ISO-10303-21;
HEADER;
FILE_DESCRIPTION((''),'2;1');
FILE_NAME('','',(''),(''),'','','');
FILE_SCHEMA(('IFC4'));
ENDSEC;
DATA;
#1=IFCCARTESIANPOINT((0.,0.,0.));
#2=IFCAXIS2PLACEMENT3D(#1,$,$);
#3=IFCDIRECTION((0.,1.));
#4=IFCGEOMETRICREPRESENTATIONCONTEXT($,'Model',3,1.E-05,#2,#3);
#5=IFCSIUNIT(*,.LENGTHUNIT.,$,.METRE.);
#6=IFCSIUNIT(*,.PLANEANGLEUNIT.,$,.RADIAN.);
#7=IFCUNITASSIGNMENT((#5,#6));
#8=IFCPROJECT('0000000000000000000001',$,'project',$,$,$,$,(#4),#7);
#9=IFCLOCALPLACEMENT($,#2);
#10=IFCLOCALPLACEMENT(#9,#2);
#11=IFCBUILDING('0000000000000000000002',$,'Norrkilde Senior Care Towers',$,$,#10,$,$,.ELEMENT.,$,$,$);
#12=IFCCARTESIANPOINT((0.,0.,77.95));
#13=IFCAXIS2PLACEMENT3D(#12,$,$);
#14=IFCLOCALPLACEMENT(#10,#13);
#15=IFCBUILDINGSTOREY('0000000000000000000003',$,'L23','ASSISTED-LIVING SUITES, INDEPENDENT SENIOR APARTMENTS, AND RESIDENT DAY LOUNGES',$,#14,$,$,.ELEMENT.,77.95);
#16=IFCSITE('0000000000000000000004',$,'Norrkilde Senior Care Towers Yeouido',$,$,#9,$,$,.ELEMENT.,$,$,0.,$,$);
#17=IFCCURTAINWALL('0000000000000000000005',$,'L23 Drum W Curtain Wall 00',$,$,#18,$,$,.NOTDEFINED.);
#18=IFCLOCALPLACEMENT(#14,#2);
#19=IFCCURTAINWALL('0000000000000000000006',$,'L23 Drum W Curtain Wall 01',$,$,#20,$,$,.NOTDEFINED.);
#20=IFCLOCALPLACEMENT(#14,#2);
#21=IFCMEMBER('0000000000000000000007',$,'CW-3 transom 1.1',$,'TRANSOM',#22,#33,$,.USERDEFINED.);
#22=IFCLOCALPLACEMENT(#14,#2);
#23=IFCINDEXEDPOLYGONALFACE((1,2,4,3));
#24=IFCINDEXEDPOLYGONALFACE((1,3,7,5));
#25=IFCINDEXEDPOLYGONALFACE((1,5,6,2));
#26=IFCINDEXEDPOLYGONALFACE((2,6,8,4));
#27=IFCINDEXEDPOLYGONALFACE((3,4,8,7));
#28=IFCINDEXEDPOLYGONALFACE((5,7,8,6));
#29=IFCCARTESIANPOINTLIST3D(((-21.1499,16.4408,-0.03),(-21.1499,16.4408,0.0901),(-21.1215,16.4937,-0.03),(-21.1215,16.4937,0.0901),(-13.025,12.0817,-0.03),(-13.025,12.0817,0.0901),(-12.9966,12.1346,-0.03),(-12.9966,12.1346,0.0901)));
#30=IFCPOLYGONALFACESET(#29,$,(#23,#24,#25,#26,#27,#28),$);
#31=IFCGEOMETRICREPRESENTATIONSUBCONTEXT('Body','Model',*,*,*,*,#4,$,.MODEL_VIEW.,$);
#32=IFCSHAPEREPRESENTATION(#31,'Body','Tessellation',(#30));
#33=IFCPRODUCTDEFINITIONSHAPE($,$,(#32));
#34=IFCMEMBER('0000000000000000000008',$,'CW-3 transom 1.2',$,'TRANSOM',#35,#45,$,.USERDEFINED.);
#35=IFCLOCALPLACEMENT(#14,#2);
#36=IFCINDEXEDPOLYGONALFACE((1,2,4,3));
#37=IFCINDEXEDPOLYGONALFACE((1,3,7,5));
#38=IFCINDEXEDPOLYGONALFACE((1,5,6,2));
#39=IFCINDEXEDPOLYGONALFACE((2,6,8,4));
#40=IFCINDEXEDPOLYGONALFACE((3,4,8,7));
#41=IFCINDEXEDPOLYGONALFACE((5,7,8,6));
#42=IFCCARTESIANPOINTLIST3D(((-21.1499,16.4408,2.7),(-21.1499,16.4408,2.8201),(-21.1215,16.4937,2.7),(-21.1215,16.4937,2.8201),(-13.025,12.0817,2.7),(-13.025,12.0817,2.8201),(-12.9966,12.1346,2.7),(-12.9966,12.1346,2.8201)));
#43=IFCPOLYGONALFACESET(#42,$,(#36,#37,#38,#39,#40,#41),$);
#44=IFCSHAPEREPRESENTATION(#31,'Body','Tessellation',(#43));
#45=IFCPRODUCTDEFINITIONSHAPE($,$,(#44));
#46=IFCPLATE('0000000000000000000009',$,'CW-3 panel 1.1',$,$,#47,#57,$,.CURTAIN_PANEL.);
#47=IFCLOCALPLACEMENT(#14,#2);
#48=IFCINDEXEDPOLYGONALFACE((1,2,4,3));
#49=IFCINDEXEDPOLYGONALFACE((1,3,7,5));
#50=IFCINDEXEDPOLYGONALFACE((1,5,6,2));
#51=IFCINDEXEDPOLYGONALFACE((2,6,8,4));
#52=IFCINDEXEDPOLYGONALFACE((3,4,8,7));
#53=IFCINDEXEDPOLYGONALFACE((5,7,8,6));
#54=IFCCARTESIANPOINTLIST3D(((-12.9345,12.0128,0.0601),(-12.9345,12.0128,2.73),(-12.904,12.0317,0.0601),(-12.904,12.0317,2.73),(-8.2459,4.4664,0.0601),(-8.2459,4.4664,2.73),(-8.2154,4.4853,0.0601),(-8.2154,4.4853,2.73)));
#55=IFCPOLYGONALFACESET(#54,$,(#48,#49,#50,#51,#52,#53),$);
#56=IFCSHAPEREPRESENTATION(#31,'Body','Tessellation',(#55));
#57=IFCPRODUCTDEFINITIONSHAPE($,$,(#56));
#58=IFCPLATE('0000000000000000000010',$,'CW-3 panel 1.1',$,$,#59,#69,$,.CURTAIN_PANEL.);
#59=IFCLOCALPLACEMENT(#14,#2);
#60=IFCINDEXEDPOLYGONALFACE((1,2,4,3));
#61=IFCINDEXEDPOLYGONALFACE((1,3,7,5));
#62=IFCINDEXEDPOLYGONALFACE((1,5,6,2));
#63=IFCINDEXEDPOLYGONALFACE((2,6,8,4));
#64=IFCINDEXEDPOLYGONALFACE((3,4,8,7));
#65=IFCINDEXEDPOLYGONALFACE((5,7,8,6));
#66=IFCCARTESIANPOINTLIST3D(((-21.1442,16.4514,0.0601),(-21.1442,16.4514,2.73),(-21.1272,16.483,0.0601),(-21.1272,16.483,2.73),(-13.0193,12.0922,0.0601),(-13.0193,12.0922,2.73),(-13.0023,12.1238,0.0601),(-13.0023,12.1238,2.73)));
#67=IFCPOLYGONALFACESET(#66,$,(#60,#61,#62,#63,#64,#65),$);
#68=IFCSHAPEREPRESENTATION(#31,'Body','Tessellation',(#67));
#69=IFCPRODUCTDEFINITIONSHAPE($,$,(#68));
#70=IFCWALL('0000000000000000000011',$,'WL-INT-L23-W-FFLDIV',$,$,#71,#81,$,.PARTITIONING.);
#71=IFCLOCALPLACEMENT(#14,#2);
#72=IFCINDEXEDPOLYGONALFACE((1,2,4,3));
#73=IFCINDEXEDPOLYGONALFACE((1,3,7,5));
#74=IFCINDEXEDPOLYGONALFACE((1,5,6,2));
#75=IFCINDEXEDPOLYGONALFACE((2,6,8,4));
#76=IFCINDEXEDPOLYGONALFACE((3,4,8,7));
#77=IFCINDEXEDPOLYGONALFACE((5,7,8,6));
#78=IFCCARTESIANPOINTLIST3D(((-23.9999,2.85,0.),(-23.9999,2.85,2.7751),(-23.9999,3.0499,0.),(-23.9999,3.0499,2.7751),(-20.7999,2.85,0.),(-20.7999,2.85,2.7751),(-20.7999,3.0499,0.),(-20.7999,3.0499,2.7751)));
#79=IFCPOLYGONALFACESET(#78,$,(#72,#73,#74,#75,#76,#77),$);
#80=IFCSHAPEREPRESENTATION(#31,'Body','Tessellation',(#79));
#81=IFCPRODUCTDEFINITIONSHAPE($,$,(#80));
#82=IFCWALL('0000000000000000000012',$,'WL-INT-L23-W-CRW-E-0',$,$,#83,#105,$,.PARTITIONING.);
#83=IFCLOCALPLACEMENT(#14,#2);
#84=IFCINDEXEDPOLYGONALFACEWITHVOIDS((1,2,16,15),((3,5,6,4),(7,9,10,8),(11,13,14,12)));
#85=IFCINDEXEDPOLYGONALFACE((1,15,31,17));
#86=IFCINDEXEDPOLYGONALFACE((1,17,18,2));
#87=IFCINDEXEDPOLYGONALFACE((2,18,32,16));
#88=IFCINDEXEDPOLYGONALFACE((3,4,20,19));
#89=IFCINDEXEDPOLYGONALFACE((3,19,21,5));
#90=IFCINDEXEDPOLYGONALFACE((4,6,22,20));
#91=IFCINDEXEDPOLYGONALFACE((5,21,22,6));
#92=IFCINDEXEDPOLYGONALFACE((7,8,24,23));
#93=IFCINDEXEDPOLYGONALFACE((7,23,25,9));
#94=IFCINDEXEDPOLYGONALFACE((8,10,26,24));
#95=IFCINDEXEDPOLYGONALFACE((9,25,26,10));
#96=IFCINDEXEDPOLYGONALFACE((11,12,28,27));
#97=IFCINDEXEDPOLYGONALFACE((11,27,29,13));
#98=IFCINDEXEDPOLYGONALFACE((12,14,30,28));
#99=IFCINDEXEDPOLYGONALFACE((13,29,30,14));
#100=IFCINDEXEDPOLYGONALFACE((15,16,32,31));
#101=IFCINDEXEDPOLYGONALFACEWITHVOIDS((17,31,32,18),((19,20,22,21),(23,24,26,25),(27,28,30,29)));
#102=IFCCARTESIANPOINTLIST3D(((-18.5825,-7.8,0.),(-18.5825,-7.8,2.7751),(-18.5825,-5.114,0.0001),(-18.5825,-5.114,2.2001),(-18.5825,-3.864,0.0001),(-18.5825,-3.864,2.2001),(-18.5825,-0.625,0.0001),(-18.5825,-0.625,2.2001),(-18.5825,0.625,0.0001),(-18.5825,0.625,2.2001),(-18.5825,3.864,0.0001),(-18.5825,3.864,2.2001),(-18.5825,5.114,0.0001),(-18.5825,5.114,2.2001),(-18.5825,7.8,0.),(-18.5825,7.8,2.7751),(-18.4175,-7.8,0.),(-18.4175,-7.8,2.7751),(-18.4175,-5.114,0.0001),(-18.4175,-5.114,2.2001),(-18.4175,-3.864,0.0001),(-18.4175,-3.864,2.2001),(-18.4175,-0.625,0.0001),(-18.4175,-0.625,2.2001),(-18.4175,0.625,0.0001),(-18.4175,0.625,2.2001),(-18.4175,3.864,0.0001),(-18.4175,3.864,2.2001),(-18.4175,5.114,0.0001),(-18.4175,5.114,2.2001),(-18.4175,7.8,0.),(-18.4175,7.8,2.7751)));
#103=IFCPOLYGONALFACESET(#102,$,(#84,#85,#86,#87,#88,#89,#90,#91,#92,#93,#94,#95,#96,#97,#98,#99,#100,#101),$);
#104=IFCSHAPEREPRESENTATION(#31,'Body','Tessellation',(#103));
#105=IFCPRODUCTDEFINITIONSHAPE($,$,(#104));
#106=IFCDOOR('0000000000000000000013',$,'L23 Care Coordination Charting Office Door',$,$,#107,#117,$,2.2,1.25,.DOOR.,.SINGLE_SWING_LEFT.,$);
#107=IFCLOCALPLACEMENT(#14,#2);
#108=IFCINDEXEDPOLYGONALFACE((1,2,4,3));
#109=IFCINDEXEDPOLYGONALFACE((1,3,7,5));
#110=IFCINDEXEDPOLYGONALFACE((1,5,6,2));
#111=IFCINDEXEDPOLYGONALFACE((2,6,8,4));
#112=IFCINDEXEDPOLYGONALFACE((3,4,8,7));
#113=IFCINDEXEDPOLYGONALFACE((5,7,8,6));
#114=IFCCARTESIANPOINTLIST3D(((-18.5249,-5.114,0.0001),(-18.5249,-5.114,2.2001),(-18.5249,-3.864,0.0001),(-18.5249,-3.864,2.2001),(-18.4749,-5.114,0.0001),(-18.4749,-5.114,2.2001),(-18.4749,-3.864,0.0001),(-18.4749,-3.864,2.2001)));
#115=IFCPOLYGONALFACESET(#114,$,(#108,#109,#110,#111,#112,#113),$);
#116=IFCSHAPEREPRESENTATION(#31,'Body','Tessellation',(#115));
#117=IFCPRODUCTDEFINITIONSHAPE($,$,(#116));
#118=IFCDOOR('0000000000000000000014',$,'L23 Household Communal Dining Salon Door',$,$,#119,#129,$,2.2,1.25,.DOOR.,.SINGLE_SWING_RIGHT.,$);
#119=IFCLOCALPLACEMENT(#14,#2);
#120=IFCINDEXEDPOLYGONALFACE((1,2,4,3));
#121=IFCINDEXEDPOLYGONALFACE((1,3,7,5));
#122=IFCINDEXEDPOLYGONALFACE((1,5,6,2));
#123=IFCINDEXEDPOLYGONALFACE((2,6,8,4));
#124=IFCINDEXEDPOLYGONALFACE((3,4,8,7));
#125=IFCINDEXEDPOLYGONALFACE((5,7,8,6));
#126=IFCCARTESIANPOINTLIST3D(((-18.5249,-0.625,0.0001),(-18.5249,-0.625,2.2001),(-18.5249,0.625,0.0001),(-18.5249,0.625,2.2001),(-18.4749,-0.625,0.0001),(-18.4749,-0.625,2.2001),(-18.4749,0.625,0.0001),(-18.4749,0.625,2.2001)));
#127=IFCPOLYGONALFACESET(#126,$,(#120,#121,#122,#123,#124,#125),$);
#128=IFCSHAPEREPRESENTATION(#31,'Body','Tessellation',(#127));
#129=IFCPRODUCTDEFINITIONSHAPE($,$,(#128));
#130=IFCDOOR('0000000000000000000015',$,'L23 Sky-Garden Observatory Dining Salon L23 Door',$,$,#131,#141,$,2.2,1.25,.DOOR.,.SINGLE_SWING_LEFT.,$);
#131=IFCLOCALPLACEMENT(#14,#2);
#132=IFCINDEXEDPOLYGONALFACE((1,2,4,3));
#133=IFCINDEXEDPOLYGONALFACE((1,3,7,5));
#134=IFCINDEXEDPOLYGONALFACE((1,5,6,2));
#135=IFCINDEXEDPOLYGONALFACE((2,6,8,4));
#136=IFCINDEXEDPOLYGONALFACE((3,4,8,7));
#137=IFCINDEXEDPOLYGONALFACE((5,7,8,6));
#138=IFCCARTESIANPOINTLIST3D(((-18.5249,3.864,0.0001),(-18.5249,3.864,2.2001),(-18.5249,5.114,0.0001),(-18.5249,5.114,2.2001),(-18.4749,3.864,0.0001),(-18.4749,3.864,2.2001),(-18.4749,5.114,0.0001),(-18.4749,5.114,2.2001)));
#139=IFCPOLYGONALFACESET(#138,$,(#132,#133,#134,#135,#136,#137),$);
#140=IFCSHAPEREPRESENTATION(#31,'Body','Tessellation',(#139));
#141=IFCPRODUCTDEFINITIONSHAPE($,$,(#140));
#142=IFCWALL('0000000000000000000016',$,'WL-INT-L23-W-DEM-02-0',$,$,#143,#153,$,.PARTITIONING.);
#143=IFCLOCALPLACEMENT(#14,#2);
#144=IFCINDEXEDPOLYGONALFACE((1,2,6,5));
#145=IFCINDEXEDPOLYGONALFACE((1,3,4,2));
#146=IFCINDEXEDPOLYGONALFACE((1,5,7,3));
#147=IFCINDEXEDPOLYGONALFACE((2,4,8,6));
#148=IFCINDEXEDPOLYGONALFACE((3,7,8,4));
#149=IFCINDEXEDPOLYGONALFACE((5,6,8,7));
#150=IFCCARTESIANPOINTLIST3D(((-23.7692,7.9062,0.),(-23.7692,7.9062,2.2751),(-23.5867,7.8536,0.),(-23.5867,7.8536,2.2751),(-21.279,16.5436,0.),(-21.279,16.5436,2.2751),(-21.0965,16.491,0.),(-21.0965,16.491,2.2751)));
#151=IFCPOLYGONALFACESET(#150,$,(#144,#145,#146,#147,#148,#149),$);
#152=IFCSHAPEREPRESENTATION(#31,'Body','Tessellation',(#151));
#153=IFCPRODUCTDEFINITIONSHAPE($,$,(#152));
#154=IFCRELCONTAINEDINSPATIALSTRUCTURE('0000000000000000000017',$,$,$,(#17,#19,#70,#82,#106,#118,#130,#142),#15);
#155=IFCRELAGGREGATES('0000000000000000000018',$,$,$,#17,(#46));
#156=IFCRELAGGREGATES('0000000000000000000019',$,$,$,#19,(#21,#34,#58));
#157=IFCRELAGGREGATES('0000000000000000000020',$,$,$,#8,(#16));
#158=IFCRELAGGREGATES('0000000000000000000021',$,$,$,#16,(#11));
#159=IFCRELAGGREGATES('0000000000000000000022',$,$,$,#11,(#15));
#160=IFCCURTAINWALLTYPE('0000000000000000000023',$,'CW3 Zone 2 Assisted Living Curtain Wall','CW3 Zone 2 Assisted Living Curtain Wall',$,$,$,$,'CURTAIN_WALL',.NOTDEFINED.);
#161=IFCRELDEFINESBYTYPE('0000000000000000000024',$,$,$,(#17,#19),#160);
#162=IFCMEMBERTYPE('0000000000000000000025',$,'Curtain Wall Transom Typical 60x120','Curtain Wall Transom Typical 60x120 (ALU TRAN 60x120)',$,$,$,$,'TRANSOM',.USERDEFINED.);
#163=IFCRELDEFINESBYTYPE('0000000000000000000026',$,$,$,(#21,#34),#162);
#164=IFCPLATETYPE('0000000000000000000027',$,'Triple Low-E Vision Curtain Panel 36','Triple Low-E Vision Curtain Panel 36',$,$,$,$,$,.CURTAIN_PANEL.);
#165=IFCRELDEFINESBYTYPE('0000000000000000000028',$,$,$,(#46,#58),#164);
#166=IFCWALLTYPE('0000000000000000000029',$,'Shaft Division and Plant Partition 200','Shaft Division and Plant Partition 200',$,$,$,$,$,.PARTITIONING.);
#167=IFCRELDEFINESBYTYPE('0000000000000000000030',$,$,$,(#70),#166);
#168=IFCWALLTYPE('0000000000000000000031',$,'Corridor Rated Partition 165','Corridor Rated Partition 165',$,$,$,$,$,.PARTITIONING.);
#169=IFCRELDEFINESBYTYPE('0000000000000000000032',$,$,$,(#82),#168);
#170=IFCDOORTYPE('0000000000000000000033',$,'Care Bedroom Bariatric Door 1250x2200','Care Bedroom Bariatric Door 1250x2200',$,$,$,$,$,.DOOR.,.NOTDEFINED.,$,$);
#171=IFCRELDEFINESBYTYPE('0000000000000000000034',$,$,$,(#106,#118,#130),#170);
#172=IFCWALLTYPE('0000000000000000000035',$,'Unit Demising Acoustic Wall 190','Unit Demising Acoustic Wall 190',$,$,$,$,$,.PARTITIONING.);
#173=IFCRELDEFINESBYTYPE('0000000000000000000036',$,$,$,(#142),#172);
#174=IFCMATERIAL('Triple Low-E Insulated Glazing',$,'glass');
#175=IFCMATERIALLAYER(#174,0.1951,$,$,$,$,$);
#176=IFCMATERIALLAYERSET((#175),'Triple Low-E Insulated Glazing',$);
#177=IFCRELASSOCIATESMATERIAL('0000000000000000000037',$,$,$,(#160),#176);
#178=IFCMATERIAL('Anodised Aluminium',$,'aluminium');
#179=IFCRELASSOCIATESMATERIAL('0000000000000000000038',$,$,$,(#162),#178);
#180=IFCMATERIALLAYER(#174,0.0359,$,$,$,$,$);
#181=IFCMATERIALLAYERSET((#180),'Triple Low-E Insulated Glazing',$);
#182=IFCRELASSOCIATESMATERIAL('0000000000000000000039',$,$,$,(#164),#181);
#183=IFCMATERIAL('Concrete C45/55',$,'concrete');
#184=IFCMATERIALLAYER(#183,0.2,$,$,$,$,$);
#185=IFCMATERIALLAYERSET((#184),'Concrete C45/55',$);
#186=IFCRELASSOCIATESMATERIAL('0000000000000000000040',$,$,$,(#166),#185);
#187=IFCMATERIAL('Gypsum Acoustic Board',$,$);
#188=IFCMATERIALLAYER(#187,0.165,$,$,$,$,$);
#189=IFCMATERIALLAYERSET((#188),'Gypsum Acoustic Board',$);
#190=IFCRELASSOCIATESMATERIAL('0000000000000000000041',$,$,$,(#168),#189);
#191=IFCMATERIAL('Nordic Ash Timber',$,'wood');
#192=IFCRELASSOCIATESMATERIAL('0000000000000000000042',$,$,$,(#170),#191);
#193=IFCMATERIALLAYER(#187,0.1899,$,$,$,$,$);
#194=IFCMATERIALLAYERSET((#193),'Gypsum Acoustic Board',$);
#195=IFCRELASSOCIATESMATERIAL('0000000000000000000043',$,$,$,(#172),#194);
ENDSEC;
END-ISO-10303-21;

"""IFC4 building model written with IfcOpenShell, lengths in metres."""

from ifc_helpers import new_model, si_unit, direction, frame, frame_2d, origin, origin_2d, place, context, subcontext, project, spatial, rectangle, extrude, source, transform, mapped, material, layer, layer_set, material_profile, profile_set, type_object, type_shapes, element, fill, aggregate, save


model = new_model("IFC4")

# Units and contexts
model_context = context("Model", 3, precision=1e-05, world=origin(), true_north=direction((0.0, 1.0)))
body_context = subcontext(model_context, "Body", "Model", "MODEL_VIEW")
ifc_project = project(units=[si_unit("LENGTHUNIT", "METRE"), si_unit("PLANEANGLEUNIT", "RADIAN")], contexts=[model_context])

# Site, building, storey
site_placement = place(None, origin())
site = spatial("IfcSite", under=ifc_project, at=site_placement, Name="Norrkilde Senior Care Towers Yeouido", CompositionType="ELEMENT", RefElevation=0.0)
building_placement = place(site_placement, origin())
building = spatial("IfcBuilding", under=site, at=building_placement, Name="Norrkilde Senior Care Towers", CompositionType="ELEMENT")
storey_placement = place(building_placement, frame((0.0, 0.0, 77.95)))
storey = spatial("IfcBuildingStorey", under=building, at=storey_placement, Name="L23", Description="ASSISTED-LIVING SUITES, INDEPENDENT SENIOR APARTMENTS, AND RESIDENT DAY LOUNGES", CompositionType="ELEMENT", Elevation=77.95)

# Curtain wall
ifc_material_1 = material(Name="Triple Low-E Insulated Glazing", Category="glass")
ifc_layer_1 = layer(ifc_material_1, 0.1951)
ifc_layer_set_1 = layer_set([ifc_layer_1], Name="Triple Low-E Insulated Glazing")
curtain_wall_type = type_object("IfcCurtainWallType", Name="CW3 Zone 2 Assisted Living Curtain Wall", Description="CW3 Zone 2 Assisted Living Curtain Wall", ElementType="CURTAIN_WALL", PredefinedType="NOTDEFINED", material=ifc_layer_set_1)
curtain_wall_1_placement = place(storey_placement, origin())
curtain_wall_1 = element("IfcCurtainWall", 1, at=curtain_wall_1_placement, inside=storey, type_object=curtain_wall_type, Name="L23 Drum W Curtain Wall 00", PredefinedType="NOTDEFINED")
ifc_material_2 = material(Name="Anodised Aluminium", Category="aluminium")

# Curtain wall
curtain_wall_2_placement = place(storey_placement, origin())
curtain_wall_2 = element("IfcCurtainWall", 2, at=curtain_wall_2_placement, inside=storey, type_object=curtain_wall_type, Name="L23 Drum W Curtain Wall 01", PredefinedType="NOTDEFINED")

# Members
ifc_material_profile_1 = material_profile(ifc_material_2, rectangle(XDim=0.0601, YDim=0.1201, at=origin_2d()), Name="ALU TRAN 60x120")
ifc_profile_set_1 = profile_set([ifc_material_profile_1], Name="Anodised Aluminium")
member_type_1 = type_object("IfcMemberType", Name="Curtain Wall Transom Typical 60x120", Description="Curtain Wall Transom Typical 60x120 (ALU TRAN 60x120)", ElementType="TRANSOM", PredefinedType="USERDEFINED", material=ifc_profile_set_1)
shared_shape_1 = source(origin(), body_context, "Body", "SweptSolid", [
    extrude(rectangle(XDim=0.0601, YDim=0.1201, at=origin_2d()), origin(), (0.0, 0.0, 1.0), 9.2205),
])
member_1_placement = place(storey_placement, frame((-21.1357, 16.4673, 0.03), z_axis=(0.881189, -0.472765, 0.0), x_axis=(0.472765, 0.881189, 0.0)))
member_1 = element("IfcMember", 3, at=member_1_placement, type_object=member_type_1, Name="CW-3 transom 1.1", ObjectType="TRANSOM", PredefinedType="USERDEFINED", context=body_context, shape_type="MappedRepresentation", body=[
    mapped(shared_shape_1, transform((0.0, 0.0, 0.0), x_axis=(1.0, 0.0, 0.0), y_axis=(0.0, 1.0, 0.0), z_axis=(0.0, 0.0, 1.0), scale=1.0)),
])
member_2_placement = place(storey_placement, frame((-21.1357, 16.4673, 2.76), z_axis=(0.881189, -0.472765, 0.0), x_axis=(0.472765, 0.881189, 0.0)))
member_2 = element("IfcMember", 4, at=member_2_placement, type_object=member_type_1, Name="CW-3 transom 1.2", ObjectType="TRANSOM", PredefinedType="USERDEFINED", context=body_context, shape_type="MappedRepresentation", body=[
    mapped(shared_shape_1, transform((0.0, 0.0, 0.0), x_axis=(1.0, 0.0, 0.0), y_axis=(0.0, 1.0, 0.0), z_axis=(0.0, 0.0, 1.0), scale=1.0)),
])

# Plates
ifc_layer_2 = layer(ifc_material_1, 0.0359)
ifc_layer_set_2 = layer_set([ifc_layer_2], Name="Triple Low-E Insulated Glazing")
plate_type = type_object("IfcPlateType", Name="Triple Low-E Vision Curtain Panel 36", Description="Triple Low-E Vision Curtain Panel 36", PredefinedType="CURTAIN_PANEL", material=ifc_layer_set_2)
shared_shape_2 = source(origin(), body_context, "Body", "SweptSolid", [
    extrude(rectangle(XDim=8.8843, YDim=0.0359, at=origin_2d()), origin(), (0.0, 0.0, 1.0), 2.6699),
])
plate_1_placement = place(storey_placement, frame((-10.575, 8.249, 0.0601), z_axis=(0.0, 0.0, 1.0), x_axis=(0.527733, -0.84941, 0.0)))
plate_1 = element("IfcPlate", 5, at=plate_1_placement, type_object=plate_type, Name="CW-3 panel 1.1", PredefinedType="CURTAIN_PANEL", context=body_context, shape_type="MappedRepresentation", body=[
    mapped(shared_shape_2, transform((0.0, 0.0, 0.0), x_axis=(1.0, 0.0, 0.0), y_axis=(0.0, 1.0, 0.0), z_axis=(0.0, 0.0, 1.0), scale=1.0)),
])
aggregate(curtain_wall_1, [plate_1])
shared_shape_3 = source(origin(), body_context, "Body", "SweptSolid", [
    extrude(rectangle(XDim=9.2205, YDim=0.0359, at=origin_2d()), origin(), (0.0, 0.0, 1.0), 2.6699),
])
type_shapes(plate_type, [shared_shape_2, shared_shape_3])
plate_2_placement = place(storey_placement, frame((-17.0732, 14.2876, 0.0601), z_axis=(0.0, 0.0, 1.0), x_axis=(0.881186, -0.472769, 0.0)))
plate_2 = element("IfcPlate", 6, at=plate_2_placement, type_object=plate_type, Name="CW-3 panel 1.1", PredefinedType="CURTAIN_PANEL", context=body_context, shape_type="MappedRepresentation", body=[
    mapped(shared_shape_3, transform((0.0, 0.0, 0.0), x_axis=(1.0, 0.0, 0.0), y_axis=(0.0, 1.0, 0.0), z_axis=(0.0, 0.0, 1.0), scale=1.0)),
])
aggregate(curtain_wall_2, [member_1, member_2, plate_2])

# Wall
ifc_material_3 = material(Name="Concrete C45/55", Category="concrete")
ifc_layer_3 = layer(ifc_material_3, 0.2)
ifc_layer_set_3 = layer_set([ifc_layer_3], Name="Concrete C45/55")
wall_type_1 = type_object("IfcWallType", Name="Shaft Division and Plant Partition 200", Description="Shaft Division and Plant Partition 200", PredefinedType="PARTITIONING", material=ifc_layer_set_3)
shared_shape_4 = source(origin(), body_context, "Body", "SweptSolid", [
    extrude(rectangle(XDim=3.2, YDim=0.2, at=frame_2d((1.6001, 0.0))), origin(), (0.0, 0.0, 1.0), 2.7751),
])
type_shapes(wall_type_1, [shared_shape_4])
wall_1_placement = place(storey_placement, frame((-24.0, 2.95, 0.0), z_axis=(0.0, 0.0, 1.0), x_axis=(1.0, 0.0, 0.0)))
element("IfcWall", 7, at=wall_1_placement, inside=storey, type_object=wall_type_1, Name="WL-INT-L23-W-FFLDIV", PredefinedType="PARTITIONING", context=body_context, shape_type="MappedRepresentation", body=[
    mapped(shared_shape_4, transform((0.0, 0.0, 0.0), x_axis=(1.0, 0.0, 0.0), y_axis=(0.0, 1.0, 0.0), z_axis=(0.0, 0.0, 1.0), scale=1.0)),
])

# Wall, openings, doors
ifc_material_4 = material(Name="Gypsum Acoustic Board")
ifc_layer_4 = layer(ifc_material_4, 0.165)
ifc_layer_set_4 = layer_set([ifc_layer_4], Name="Gypsum Acoustic Board")
wall_type_2 = type_object("IfcWallType", Name="Corridor Rated Partition 165", Description="Corridor Rated Partition 165", PredefinedType="PARTITIONING", material=ifc_layer_set_4)
shared_shape_5 = source(origin(), body_context, "Body", "SweptSolid", [
    extrude(rectangle(XDim=15.6001, YDim=0.165, at=frame_2d((7.8, 0.0))), origin(), (0.0, 0.0, 1.0), 2.7751),
])
type_shapes(wall_type_2, [shared_shape_5])
wall_2_placement = place(storey_placement, frame((-18.5, 7.8, 0.0), z_axis=(0.0, 0.0, 1.0), x_axis=(0.0, -1.0, 0.0)))
wall_2 = element("IfcWall", 8, at=wall_2_placement, inside=storey, type_object=wall_type_2, Name="WL-INT-L23-W-CRW-E-0", PredefinedType="PARTITIONING", context=body_context, shape_type="MappedRepresentation", body=[
    mapped(shared_shape_5, transform((0.0, 0.0, 0.0), x_axis=(1.0, 0.0, 0.0), y_axis=(0.0, 1.0, 0.0), z_axis=(0.0, 0.0, 1.0), scale=1.0)),
])
opening_1_placement = place(wall_2_placement, frame((11.6641, 0.0, 0.0)))
opening_1 = element("IfcOpeningElement", 9, at=opening_1_placement, cuts=wall_2, PredefinedType="OPENING", context=body_context, shape_type="SweptSolid", body=[
    extrude(rectangle(XDim=1.25, YDim=2.2, at=frame_2d((0.625, 1.1001))), frame((0.0, 0.0925, 0.0), z_axis=(0.0, -1.0, 0.0), x_axis=(1.0, 0.0, 0.0)), (0.0, 0.0, 1.0), 0.1851),
])
opening_2_placement = place(wall_2_placement, frame((7.175, 0.0, 0.0)))
opening_2 = element("IfcOpeningElement", 10, at=opening_2_placement, cuts=wall_2, PredefinedType="OPENING", context=body_context, shape_type="SweptSolid", body=[
    extrude(rectangle(XDim=1.25, YDim=2.2, at=frame_2d((0.625, 1.1001))), frame((0.0, 0.0925, 0.0), z_axis=(0.0, -1.0, 0.0), x_axis=(1.0, 0.0, 0.0)), (0.0, 0.0, 1.0), 0.1851),
])
opening_3_placement = place(wall_2_placement, frame((2.686, 0.0, 0.0)))
opening_3 = element("IfcOpeningElement", 11, at=opening_3_placement, cuts=wall_2, PredefinedType="OPENING", context=body_context, shape_type="SweptSolid", body=[
    extrude(rectangle(XDim=1.25, YDim=2.2, at=frame_2d((0.625, 1.1001))), frame((0.0, 0.0925, 0.0), z_axis=(0.0, -1.0, 0.0), x_axis=(1.0, 0.0, 0.0)), (0.0, 0.0, 1.0), 0.1851),
])
ifc_material_5 = material(Name="Nordic Ash Timber", Category="wood")
door_type_1 = type_object("IfcDoorType", Name="Care Bedroom Bariatric Door 1250x2200", Description="Care Bedroom Bariatric Door 1250x2200", OperationType="NOTDEFINED", PredefinedType="DOOR", material=ifc_material_5)
shared_shape_6 = source(origin(), body_context, "Body", "SweptSolid", [
    extrude(rectangle(XDim=1.25, YDim=2.2, at=frame_2d((0.625, 1.1001))), frame((0.0, 0.0249, 0.0), z_axis=(0.0, -1.0, 0.0), x_axis=(1.0, 0.0, 0.0)), (0.0, 0.0, 1.0), 0.05),
])
type_shapes(door_type_1, [shared_shape_6])
door_1_placement = place(opening_1_placement, frame((1.25, 0.0, 0.0), z_axis=(0.0, 0.0, 1.0), x_axis=(-1.0, 0.0, 0.0)))
door_1 = element("IfcDoor", 12, at=door_1_placement, inside=storey, type_object=door_type_1, Name="L23 Care Coordination Charting Office Door", OperationType="SINGLE_SWING_LEFT", OverallHeight=2.2, OverallWidth=1.25, PredefinedType="DOOR", context=body_context, shape_type="MappedRepresentation", body=[
    mapped(shared_shape_6, transform((0.0, 0.0, 0.0), x_axis=(1.0, 0.0, 0.0), y_axis=(0.0, 1.0, 0.0), z_axis=(0.0, 0.0, 1.0), scale=1.0)),
])
fill(opening_1, door_1)
door_2_placement = place(opening_2_placement, frame((1.25, 0.0, 0.0), z_axis=(0.0, 0.0, 1.0), x_axis=(-1.0, 0.0, 0.0)))
door_2 = element("IfcDoor", 13, at=door_2_placement, inside=storey, type_object=door_type_1, Name="L23 Household Communal Dining Salon Door", OperationType="SINGLE_SWING_RIGHT", OverallHeight=2.2, OverallWidth=1.25, PredefinedType="DOOR", context=body_context, shape_type="MappedRepresentation", body=[
    mapped(shared_shape_6, transform((0.0, 0.0, 0.0), x_axis=(1.0, 0.0, 0.0), y_axis=(0.0, 1.0, 0.0), z_axis=(0.0, 0.0, 1.0), scale=1.0)),
])
fill(opening_2, door_2)
door_3_placement = place(opening_3_placement, frame((1.25, 0.0, 0.0), z_axis=(0.0, 0.0, 1.0), x_axis=(-1.0, 0.0, 0.0)))
door_3 = element("IfcDoor", 14, at=door_3_placement, inside=storey, type_object=door_type_1, Name="L23 Sky-Garden Observatory Dining Salon L23 Door", OperationType="SINGLE_SWING_LEFT", OverallHeight=2.2, OverallWidth=1.25, PredefinedType="DOOR", context=body_context, shape_type="MappedRepresentation", body=[
    mapped(shared_shape_6, transform((0.0, 0.0, 0.0), x_axis=(1.0, 0.0, 0.0), y_axis=(0.0, 1.0, 0.0), z_axis=(0.0, 0.0, 1.0), scale=1.0)),
])
fill(opening_3, door_3)

# Wall
ifc_layer_5 = layer(ifc_material_4, 0.1899)
ifc_layer_set_5 = layer_set([ifc_layer_5], Name="Gypsum Acoustic Board")
wall_type_3 = type_object("IfcWallType", Name="Unit Demising Acoustic Wall 190", Description="Unit Demising Acoustic Wall 190", PredefinedType="PARTITIONING", material=ifc_layer_set_5)
shared_shape_7 = source(origin(), body_context, "Body", "SweptSolid", [
    extrude(rectangle(XDim=8.9893, YDim=0.1899, at=frame_2d((4.4946, 0.0))), origin(), (0.0, 0.0, 1.0), 2.2751),
])
wall_3_placement = place(storey_placement, frame((-23.678, 7.8799, 0.0), z_axis=(0.0, 0.0, 1.0), x_axis=(0.277023, 0.960863, 0.0)))
element("IfcWall", 15, at=wall_3_placement, inside=storey, type_object=wall_type_3, Name="WL-INT-L23-W-DEM-02-0", PredefinedType="PARTITIONING", context=body_context, shape_type="MappedRepresentation", body=[
    mapped(shared_shape_7, transform((0.0, 0.0, 0.0), x_axis=(1.0, 0.0, 0.0), y_axis=(0.0, 1.0, 0.0), z_axis=(0.0, 0.0, 1.0), scale=1.0)),
])

save(model, "model.ifc")
